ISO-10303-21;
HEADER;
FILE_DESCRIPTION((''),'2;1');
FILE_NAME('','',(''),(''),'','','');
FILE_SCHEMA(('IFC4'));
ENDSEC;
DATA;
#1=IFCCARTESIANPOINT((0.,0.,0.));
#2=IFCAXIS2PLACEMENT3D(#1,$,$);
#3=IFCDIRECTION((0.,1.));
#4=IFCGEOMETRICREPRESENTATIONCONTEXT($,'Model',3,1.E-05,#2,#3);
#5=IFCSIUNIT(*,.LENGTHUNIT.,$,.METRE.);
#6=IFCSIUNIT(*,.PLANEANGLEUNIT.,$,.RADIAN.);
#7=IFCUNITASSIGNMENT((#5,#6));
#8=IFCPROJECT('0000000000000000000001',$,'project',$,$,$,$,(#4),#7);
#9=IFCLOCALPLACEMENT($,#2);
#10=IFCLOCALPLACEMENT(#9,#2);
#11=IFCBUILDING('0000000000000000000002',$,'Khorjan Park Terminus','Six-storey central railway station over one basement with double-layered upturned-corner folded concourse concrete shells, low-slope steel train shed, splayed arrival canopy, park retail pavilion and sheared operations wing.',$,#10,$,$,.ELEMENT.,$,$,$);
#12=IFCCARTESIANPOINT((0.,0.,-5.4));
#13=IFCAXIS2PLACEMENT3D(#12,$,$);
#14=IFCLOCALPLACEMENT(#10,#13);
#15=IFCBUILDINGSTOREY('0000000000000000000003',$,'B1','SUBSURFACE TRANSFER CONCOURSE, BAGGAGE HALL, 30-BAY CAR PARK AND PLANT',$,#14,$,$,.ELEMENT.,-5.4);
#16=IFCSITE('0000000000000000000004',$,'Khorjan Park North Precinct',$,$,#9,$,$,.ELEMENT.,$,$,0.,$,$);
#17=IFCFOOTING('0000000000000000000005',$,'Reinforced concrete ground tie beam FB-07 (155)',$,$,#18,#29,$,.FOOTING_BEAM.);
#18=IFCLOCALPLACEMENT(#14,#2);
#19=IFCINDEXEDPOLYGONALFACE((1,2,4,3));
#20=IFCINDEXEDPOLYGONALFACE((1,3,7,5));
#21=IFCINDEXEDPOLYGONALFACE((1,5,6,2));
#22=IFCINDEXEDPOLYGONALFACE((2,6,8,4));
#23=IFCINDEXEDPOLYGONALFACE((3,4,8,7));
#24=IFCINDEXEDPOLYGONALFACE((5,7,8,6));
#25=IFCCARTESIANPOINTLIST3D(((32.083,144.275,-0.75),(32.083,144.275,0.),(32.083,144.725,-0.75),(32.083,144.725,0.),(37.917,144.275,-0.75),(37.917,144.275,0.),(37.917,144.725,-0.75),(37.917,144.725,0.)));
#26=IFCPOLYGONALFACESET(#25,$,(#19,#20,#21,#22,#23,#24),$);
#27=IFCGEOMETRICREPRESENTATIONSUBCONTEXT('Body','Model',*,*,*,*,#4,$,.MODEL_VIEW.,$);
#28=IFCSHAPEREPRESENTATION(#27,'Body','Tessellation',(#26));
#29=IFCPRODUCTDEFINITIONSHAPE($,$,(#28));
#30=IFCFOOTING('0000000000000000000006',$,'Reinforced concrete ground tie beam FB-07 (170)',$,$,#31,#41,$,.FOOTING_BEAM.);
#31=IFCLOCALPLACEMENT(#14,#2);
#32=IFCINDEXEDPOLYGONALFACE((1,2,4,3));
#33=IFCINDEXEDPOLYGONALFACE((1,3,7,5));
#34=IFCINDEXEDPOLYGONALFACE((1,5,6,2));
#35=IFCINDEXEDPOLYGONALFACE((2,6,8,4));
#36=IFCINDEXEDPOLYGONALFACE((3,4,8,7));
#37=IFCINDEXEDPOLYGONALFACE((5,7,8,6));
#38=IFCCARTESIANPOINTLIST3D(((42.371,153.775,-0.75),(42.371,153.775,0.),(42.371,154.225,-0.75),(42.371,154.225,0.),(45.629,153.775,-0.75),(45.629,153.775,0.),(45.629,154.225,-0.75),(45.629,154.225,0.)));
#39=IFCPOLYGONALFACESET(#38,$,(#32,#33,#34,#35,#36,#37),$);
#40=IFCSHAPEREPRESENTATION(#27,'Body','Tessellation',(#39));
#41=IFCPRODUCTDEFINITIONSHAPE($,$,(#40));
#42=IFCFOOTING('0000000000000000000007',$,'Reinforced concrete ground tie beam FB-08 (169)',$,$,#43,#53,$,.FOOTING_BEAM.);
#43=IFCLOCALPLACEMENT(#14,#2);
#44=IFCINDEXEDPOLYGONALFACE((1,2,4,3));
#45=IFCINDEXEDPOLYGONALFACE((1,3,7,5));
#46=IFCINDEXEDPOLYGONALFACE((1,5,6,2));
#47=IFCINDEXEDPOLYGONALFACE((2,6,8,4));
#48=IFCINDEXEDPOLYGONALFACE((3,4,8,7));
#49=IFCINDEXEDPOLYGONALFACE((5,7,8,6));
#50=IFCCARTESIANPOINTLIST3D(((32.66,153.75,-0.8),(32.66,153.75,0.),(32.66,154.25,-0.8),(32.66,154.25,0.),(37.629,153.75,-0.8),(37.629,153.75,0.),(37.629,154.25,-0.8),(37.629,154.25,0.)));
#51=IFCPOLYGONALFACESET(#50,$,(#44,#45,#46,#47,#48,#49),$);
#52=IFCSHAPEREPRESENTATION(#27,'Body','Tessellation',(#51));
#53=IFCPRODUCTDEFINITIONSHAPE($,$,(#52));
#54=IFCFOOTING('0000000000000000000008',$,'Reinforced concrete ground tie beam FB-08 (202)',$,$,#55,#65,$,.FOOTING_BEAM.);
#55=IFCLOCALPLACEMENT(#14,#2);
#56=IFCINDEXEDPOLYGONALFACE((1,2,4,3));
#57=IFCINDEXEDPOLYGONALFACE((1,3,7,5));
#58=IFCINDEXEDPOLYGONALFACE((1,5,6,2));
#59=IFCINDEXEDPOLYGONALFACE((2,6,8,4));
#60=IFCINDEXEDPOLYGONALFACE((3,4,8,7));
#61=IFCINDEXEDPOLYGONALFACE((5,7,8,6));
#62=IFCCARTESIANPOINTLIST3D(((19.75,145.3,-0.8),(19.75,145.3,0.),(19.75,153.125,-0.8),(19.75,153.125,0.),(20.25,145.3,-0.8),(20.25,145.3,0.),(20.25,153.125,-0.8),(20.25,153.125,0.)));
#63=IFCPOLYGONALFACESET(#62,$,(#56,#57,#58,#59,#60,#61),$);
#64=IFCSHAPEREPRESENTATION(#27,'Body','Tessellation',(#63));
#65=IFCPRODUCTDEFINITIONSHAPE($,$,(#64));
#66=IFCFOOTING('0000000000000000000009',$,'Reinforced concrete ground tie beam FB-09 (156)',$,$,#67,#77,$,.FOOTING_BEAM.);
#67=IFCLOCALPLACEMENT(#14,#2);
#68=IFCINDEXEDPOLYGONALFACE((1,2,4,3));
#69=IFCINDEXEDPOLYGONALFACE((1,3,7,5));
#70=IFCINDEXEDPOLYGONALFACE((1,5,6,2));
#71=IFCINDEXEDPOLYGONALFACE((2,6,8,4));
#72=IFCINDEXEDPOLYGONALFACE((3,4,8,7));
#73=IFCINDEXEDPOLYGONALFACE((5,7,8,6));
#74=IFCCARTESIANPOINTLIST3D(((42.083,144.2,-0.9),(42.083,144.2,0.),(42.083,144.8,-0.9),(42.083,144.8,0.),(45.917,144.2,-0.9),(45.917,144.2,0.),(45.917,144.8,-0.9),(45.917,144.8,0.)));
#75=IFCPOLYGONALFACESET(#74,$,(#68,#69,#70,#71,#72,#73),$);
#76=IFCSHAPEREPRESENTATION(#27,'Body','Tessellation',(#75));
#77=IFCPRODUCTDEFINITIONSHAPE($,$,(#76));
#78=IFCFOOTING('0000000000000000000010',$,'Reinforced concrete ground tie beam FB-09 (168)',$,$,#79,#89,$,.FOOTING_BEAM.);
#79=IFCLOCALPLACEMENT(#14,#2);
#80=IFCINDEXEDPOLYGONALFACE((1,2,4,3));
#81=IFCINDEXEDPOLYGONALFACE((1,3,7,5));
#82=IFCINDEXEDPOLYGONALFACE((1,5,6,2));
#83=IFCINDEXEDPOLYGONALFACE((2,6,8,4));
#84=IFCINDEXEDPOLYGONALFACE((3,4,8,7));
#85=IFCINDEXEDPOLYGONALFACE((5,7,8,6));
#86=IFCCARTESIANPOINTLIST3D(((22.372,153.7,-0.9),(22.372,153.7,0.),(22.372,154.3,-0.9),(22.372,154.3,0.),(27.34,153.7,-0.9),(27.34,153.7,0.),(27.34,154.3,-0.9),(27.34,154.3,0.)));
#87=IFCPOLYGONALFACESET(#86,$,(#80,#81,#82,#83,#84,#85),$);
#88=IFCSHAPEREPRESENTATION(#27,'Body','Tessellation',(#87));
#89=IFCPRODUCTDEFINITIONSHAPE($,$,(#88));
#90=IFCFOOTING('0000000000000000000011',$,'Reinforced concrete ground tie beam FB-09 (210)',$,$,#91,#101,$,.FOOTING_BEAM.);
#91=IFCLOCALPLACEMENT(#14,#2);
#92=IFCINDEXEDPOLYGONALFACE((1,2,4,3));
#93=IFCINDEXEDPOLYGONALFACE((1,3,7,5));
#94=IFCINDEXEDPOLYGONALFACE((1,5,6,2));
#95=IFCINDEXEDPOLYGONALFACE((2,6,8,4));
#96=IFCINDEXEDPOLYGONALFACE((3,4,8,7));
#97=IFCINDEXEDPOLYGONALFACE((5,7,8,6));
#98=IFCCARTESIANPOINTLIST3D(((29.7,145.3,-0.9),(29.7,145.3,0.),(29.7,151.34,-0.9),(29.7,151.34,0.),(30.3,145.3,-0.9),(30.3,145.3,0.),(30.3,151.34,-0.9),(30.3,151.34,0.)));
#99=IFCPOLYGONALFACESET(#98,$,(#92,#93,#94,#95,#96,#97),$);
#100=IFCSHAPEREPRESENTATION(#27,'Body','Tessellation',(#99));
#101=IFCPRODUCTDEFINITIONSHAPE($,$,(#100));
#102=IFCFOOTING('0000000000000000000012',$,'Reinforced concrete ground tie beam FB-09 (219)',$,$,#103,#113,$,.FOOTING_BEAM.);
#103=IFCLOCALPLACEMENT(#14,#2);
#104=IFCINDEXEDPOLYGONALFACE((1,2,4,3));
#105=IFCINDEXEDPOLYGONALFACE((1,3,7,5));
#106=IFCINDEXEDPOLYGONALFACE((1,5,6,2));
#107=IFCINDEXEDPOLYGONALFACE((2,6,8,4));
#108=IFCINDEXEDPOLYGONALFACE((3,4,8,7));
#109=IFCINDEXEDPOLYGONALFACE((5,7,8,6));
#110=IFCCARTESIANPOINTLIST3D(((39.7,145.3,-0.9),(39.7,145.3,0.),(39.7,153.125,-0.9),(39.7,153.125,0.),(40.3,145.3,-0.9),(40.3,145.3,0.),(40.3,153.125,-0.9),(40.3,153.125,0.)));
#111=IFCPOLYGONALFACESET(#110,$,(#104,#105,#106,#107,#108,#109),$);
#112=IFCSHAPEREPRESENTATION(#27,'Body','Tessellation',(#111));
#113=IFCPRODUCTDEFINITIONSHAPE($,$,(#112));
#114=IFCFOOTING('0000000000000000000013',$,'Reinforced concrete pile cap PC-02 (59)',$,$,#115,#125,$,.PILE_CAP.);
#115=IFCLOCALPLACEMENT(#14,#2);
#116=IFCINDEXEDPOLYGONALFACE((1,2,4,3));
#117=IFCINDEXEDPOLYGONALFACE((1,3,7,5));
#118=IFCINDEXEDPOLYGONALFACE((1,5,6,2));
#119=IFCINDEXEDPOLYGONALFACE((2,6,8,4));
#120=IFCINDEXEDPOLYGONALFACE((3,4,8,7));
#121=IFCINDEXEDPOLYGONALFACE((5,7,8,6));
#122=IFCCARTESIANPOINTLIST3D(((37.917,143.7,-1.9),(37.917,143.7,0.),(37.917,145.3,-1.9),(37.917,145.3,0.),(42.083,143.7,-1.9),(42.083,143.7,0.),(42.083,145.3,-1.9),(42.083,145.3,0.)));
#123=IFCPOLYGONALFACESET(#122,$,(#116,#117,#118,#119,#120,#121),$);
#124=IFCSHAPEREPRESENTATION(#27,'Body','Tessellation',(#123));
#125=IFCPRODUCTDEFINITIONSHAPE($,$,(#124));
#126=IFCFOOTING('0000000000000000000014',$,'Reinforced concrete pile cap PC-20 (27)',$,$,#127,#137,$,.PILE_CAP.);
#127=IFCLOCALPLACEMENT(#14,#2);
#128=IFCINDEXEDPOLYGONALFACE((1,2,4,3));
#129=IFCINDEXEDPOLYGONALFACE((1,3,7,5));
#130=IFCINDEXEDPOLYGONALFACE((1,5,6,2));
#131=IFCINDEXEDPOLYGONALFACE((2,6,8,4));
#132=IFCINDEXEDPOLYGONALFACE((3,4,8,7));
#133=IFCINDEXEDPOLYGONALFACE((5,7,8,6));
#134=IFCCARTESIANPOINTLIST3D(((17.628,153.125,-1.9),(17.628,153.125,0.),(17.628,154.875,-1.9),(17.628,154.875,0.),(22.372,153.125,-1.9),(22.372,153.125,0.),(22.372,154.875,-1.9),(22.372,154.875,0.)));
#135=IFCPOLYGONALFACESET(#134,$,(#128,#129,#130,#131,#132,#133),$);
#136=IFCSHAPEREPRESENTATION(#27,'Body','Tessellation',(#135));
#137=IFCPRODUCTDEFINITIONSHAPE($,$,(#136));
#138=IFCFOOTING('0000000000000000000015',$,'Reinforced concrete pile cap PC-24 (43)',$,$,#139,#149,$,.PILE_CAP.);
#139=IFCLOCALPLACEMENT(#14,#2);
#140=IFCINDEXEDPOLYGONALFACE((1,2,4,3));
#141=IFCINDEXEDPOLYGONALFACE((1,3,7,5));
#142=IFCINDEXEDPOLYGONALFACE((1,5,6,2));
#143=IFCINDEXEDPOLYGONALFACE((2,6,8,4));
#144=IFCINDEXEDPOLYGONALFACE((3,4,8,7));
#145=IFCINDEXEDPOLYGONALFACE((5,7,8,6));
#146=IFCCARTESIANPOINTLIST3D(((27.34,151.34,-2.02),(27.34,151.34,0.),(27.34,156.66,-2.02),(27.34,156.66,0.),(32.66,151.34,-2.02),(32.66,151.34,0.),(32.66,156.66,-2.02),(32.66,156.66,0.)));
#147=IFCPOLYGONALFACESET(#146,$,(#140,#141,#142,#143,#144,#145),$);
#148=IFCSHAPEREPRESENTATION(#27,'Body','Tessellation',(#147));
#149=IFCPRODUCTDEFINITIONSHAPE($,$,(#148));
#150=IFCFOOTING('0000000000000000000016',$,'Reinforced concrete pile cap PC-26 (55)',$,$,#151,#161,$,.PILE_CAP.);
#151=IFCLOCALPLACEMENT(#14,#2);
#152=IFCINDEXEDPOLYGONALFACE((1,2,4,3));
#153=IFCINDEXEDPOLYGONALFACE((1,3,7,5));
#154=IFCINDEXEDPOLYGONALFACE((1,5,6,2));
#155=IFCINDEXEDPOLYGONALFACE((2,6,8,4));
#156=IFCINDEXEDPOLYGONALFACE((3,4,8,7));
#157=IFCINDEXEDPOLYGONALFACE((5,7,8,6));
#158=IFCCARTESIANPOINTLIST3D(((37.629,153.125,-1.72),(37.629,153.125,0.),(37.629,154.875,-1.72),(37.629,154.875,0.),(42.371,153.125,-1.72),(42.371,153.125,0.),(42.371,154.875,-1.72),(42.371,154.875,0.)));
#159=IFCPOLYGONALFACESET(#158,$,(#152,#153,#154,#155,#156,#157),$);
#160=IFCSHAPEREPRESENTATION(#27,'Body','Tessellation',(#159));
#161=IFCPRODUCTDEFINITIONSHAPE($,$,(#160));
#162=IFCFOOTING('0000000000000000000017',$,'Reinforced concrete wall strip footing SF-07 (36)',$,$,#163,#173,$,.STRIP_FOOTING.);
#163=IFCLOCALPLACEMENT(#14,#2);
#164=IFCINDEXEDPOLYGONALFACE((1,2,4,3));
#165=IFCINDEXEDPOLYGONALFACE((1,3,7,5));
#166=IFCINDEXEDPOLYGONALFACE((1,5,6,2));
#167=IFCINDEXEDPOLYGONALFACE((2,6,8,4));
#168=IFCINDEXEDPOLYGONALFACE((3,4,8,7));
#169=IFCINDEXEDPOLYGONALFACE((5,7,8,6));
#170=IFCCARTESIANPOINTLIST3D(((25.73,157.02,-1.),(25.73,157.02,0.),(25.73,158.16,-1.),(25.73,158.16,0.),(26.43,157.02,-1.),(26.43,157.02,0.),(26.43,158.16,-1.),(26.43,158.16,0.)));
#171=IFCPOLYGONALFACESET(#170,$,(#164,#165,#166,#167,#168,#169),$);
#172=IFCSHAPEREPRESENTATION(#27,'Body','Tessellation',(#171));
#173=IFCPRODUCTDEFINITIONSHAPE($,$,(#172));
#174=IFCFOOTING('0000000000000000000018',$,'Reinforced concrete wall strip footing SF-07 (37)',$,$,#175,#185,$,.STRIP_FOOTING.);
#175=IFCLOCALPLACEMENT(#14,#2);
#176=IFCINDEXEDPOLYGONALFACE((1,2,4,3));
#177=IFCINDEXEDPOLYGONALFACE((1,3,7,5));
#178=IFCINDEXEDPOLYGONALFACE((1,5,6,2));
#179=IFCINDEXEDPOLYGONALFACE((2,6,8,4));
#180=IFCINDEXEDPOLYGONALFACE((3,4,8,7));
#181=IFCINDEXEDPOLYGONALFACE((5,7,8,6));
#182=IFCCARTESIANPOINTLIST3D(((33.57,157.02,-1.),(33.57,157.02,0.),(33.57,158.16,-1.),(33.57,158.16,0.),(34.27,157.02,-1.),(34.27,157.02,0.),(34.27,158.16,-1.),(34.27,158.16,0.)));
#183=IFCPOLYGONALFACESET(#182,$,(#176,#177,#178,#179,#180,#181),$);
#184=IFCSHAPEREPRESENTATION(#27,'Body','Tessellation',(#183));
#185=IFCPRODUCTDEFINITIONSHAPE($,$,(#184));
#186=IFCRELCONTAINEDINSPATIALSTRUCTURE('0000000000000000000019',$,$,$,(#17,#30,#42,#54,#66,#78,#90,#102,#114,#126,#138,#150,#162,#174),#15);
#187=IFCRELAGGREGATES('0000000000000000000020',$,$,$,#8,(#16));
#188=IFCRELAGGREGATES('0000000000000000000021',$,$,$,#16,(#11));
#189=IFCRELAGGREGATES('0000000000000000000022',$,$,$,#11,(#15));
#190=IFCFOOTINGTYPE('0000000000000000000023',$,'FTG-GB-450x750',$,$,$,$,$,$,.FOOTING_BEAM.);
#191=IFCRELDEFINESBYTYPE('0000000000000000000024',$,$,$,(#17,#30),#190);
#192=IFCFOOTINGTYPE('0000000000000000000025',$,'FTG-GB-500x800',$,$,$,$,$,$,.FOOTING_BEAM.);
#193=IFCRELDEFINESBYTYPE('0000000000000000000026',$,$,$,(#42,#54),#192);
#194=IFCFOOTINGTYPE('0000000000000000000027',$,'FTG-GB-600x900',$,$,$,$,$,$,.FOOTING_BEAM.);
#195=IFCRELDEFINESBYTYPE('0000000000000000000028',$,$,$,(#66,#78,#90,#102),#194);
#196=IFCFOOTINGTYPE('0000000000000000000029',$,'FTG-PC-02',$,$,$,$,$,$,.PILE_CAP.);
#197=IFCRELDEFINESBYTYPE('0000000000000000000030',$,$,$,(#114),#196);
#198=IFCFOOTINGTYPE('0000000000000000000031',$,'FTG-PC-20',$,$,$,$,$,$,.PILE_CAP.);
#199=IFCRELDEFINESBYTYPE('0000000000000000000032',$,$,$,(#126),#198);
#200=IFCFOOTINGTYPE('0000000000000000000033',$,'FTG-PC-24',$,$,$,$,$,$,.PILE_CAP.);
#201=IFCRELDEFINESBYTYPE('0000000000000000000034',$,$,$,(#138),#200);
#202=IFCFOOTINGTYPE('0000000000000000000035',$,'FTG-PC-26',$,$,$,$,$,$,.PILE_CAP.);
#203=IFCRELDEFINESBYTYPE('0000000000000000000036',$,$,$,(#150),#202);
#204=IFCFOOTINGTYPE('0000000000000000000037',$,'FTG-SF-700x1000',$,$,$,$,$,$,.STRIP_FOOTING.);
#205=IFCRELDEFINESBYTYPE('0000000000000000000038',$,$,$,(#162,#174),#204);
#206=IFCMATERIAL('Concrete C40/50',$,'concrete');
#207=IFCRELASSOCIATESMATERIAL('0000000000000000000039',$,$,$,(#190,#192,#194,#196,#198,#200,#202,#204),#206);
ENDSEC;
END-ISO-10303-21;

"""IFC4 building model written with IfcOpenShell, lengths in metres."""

from ifc_helpers import new_model, si_unit, direction, frame, origin, origin_2d, place, context, subcontext, project, spatial, rectangle, extrude, material, material_profile, profile_set, type_object, element, save


model = new_model("IFC4")

# Units and contexts
model_context = context("Model", 3, precision=1e-05, world=origin(), true_north=direction((0.0, 1.0)))
body_context = subcontext(model_context, "Body", "Model", "MODEL_VIEW")
ifc_project = project(units=[si_unit("LENGTHUNIT", "METRE"), si_unit("PLANEANGLEUNIT", "RADIAN")], contexts=[model_context])

# Site, building, storey
site_placement = place(None, origin())
site = spatial("IfcSite", under=ifc_project, at=site_placement, Name="Khorjan Park North Precinct", CompositionType="ELEMENT", RefElevation=0.0)
building_placement = place(site_placement, origin())
building = spatial("IfcBuilding", under=site, at=building_placement, Name="Khorjan Park Terminus", Description="Six-storey central railway station over one basement with double-layered upturned-corner folded concourse concrete shells, low-slope steel train shed, splayed arrival canopy, park retail pavilion and sheared operations wing.", CompositionType="ELEMENT")
storey_placement = place(building_placement, frame((0.0, 0.0, -5.4)))
storey = spatial("IfcBuildingStorey", under=building, at=storey_placement, Name="B1", Description="SUBSURFACE TRANSFER CONCOURSE, BAGGAGE HALL, 30-BAY CAR PARK AND PLANT", CompositionType="ELEMENT", Elevation=-5.4)

# Footings
ifc_material_1 = material(Name="Concrete C40/50", Category="concrete")
ifc_material_profile_1 = material_profile(ifc_material_1, rectangle(XDim=0.45, YDim=0.75, at=origin_2d()), Name="RC 450x750")
ifc_profile_set_1 = profile_set([ifc_material_profile_1], Name="Concrete C40/50")
footing_type_1 = type_object("IfcFootingType", Name="FTG-GB-450x750", PredefinedType="FOOTING_BEAM", material=ifc_profile_set_1)
footing_1_placement = place(storey_placement, frame((32.083, 144.5, -0.375), z_axis=(1.0, 0.0, 0.0), x_axis=(0.0, 1.0, 0.0)))
element("IfcFooting", 1, at=footing_1_placement, inside=storey, type_object=footing_type_1, Name="Reinforced concrete ground tie beam FB-07 (155)", PredefinedType="FOOTING_BEAM", context=body_context, shape_type="SweptSolid", body=[
    extrude(rectangle(XDim=0.45, YDim=0.75, at=origin_2d()), origin(), (0.0, 0.0, 1.0), 5.834),
])
footing_2_placement = place(storey_placement, frame((42.371, 154.0, -0.375), z_axis=(1.0, 0.0, 0.0), x_axis=(0.0, 1.0, 0.0)))
element("IfcFooting", 2, at=footing_2_placement, inside=storey, type_object=footing_type_1, Name="Reinforced concrete ground tie beam FB-07 (170)", PredefinedType="FOOTING_BEAM", context=body_context, shape_type="SweptSolid", body=[
    extrude(rectangle(XDim=0.45, YDim=0.75, at=origin_2d()), origin(), (0.0, 0.0, 1.0), 3.258),
])
ifc_material_profile_2 = material_profile(ifc_material_1, rectangle(XDim=0.5, YDim=0.8, at=origin_2d()), Name="RC 500x800")
ifc_profile_set_2 = profile_set([ifc_material_profile_2], Name="Concrete C40/50")
footing_type_2 = type_object("IfcFootingType", Name="FTG-GB-500x800", PredefinedType="FOOTING_BEAM", material=ifc_profile_set_2)
footing_3_placement = place(storey_placement, frame((32.66, 154.0, -0.4), z_axis=(1.0, 0.0, 0.0), x_axis=(0.0, 1.0, 0.0)))
element("IfcFooting", 3, at=footing_3_placement, inside=storey, type_object=footing_type_2, Name="Reinforced concrete ground tie beam FB-08 (169)", PredefinedType="FOOTING_BEAM", context=body_context, shape_type="SweptSolid", body=[
    extrude(rectangle(XDim=0.5, YDim=0.8, at=origin_2d()), origin(), (0.0, 0.0, 1.0), 4.969),
])
footing_4_placement = place(storey_placement, frame((20.0, 145.3, -0.4), z_axis=(0.0, 1.0, 0.0), x_axis=(-1.0, 0.0, 0.0)))
element("IfcFooting", 4, at=footing_4_placement, inside=storey, type_object=footing_type_2, Name="Reinforced concrete ground tie beam FB-08 (202)", PredefinedType="FOOTING_BEAM", context=body_context, shape_type="SweptSolid", body=[
    extrude(rectangle(XDim=0.5, YDim=0.8, at=origin_2d()), origin(), (0.0, 0.0, 1.0), 7.825),
])
ifc_material_profile_3 = material_profile(ifc_material_1, rectangle(XDim=0.6, YDim=0.9, at=origin_2d()), Name="RC 600x900")
ifc_profile_set_3 = profile_set([ifc_material_profile_3], Name="Concrete C40/50")
footing_type_3 = type_object("IfcFootingType", Name="FTG-GB-600x900", PredefinedType="FOOTING_BEAM", material=ifc_profile_set_3)
footing_5_placement = place(storey_placement, frame((42.083, 144.5, -0.45), z_axis=(1.0, 0.0, 0.0), x_axis=(0.0, 1.0, 0.0)))
element("IfcFooting", 5, at=footing_5_placement, inside=storey, type_object=footing_type_3, Name="Reinforced concrete ground tie beam FB-09 (156)", PredefinedType="FOOTING_BEAM", context=body_context, shape_type="SweptSolid", body=[
    extrude(rectangle(XDim=0.6, YDim=0.9, at=origin_2d()), origin(), (0.0, 0.0, 1.0), 3.834),
])
footing_6_placement = place(storey_placement, frame((22.372, 154.0, -0.45), z_axis=(1.0, 0.0, 0.0), x_axis=(0.0, 1.0, 0.0)))
element("IfcFooting", 6, at=footing_6_placement, inside=storey, type_object=footing_type_3, Name="Reinforced concrete ground tie beam FB-09 (168)", PredefinedType="FOOTING_BEAM", context=body_context, shape_type="SweptSolid", body=[
    extrude(rectangle(XDim=0.6, YDim=0.9, at=origin_2d()), origin(), (0.0, 0.0, 1.0), 4.968),
])
footing_7_placement = place(storey_placement, frame((30.0, 145.3, -0.45), z_axis=(0.0, 1.0, 0.0), x_axis=(-1.0, 0.0, 0.0)))
element("IfcFooting", 7, at=footing_7_placement, inside=storey, type_object=footing_type_3, Name="Reinforced concrete ground tie beam FB-09 (210)", PredefinedType="FOOTING_BEAM", context=body_context, shape_type="SweptSolid", body=[
    extrude(rectangle(XDim=0.6, YDim=0.9, at=origin_2d()), origin(), (0.0, 0.0, 1.0), 6.04),
])
footing_8_placement = place(storey_placement, frame((40.0, 145.3, -0.45), z_axis=(0.0, 1.0, 0.0), x_axis=(-1.0, 0.0, 0.0)))
element("IfcFooting", 8, at=footing_8_placement, inside=storey, type_object=footing_type_3, Name="Reinforced concrete ground tie beam FB-09 (219)", PredefinedType="FOOTING_BEAM", context=body_context, shape_type="SweptSolid", body=[
    extrude(rectangle(XDim=0.6, YDim=0.9, at=origin_2d()), origin(), (0.0, 0.0, 1.0), 7.825),
])
footing_type_4 = type_object("IfcFootingType", Name="FTG-PC-02", PredefinedType="PILE_CAP", material=ifc_material_1)
footing_9_placement = place(storey_placement, frame((40.0, 144.5, -1.9), z_axis=(0.0, 0.0, 1.0), x_axis=(1.0, 0.0, 0.0)))
element("IfcFooting", 9, at=footing_9_placement, inside=storey, type_object=footing_type_4, Name="Reinforced concrete pile cap PC-02 (59)", PredefinedType="PILE_CAP", context=body_context, shape_type="SweptSolid", body=[
    extrude(rectangle(XDim=4.166, YDim=1.6, at=origin_2d()), origin(), (0.0, 0.0, 1.0), 1.9),
])
footing_type_5 = type_object("IfcFootingType", Name="FTG-PC-20", PredefinedType="PILE_CAP", material=ifc_material_1)
footing_10_placement = place(storey_placement, frame((20.0, 154.0, -1.9), z_axis=(0.0, 0.0, 1.0), x_axis=(1.0, 0.0, 0.0)))
element("IfcFooting", 10, at=footing_10_placement, inside=storey, type_object=footing_type_5, Name="Reinforced concrete pile cap PC-20 (27)", PredefinedType="PILE_CAP", context=body_context, shape_type="SweptSolid", body=[
    extrude(rectangle(XDim=4.744, YDim=1.75, at=origin_2d()), origin(), (0.0, 0.0, 1.0), 1.9),
])
footing_type_6 = type_object("IfcFootingType", Name="FTG-PC-24", PredefinedType="PILE_CAP", material=ifc_material_1)
footing_11_placement = place(storey_placement, frame((30.0, 154.0, -2.02), z_axis=(0.0, 0.0, 1.0), x_axis=(1.0, 0.0, 0.0)))
element("IfcFooting", 11, at=footing_11_placement, inside=storey, type_object=footing_type_6, Name="Reinforced concrete pile cap PC-24 (43)", PredefinedType="PILE_CAP", context=body_context, shape_type="SweptSolid", body=[
    extrude(rectangle(XDim=5.32, YDim=5.32, at=origin_2d()), origin(), (0.0, 0.0, 1.0), 2.02),
])
footing_type_7 = type_object("IfcFootingType", Name="FTG-PC-26", PredefinedType="PILE_CAP", material=ifc_material_1)
footing_12_placement = place(storey_placement, frame((40.0, 154.0, -1.72), z_axis=(0.0, 0.0, 1.0), x_axis=(1.0, 0.0, 0.0)))
element("IfcFooting", 12, at=footing_12_placement, inside=storey, type_object=footing_type_7, Name="Reinforced concrete pile cap PC-26 (55)", PredefinedType="PILE_CAP", context=body_context, shape_type="SweptSolid", body=[
    extrude(rectangle(XDim=4.742, YDim=1.75, at=origin_2d()), origin(), (0.0, 0.0, 1.0), 1.72),
])
ifc_material_profile_4 = material_profile(ifc_material_1, rectangle(XDim=0.7, YDim=1.0, at=origin_2d()), Name="RC 700x1000")
ifc_profile_set_4 = profile_set([ifc_material_profile_4], Name="Concrete C40/50")
footing_type_8 = type_object("IfcFootingType", Name="FTG-SF-700x1000", PredefinedType="STRIP_FOOTING", material=ifc_profile_set_4)
for number, where, z_axis, x_axis, name in (
    (13, (26.08, 157.02, -0.5), (0.0, 1.0, 0.0), (-1.0, 0.0, 0.0), "Reinforced concrete wall strip footing SF-07 (36)"),
    (14, (33.92, 158.16, -0.5), (0.0, -1.0, 0.0), (1.0, 0.0, 0.0), "Reinforced concrete wall strip footing SF-07 (37)"),
):
    element("IfcFooting", number, at=place(storey_placement, frame(where, z_axis=z_axis, x_axis=x_axis)), inside=storey, type_object=footing_type_8, Name=name, PredefinedType="STRIP_FOOTING", context=body_context, shape_type="SweptSolid", body=[
        extrude(rectangle(XDim=0.7, YDim=1.0, at=origin_2d()), origin(), (0.0, 0.0, 1.0), 1.14),
    ])

save(model, "model.ifc")
